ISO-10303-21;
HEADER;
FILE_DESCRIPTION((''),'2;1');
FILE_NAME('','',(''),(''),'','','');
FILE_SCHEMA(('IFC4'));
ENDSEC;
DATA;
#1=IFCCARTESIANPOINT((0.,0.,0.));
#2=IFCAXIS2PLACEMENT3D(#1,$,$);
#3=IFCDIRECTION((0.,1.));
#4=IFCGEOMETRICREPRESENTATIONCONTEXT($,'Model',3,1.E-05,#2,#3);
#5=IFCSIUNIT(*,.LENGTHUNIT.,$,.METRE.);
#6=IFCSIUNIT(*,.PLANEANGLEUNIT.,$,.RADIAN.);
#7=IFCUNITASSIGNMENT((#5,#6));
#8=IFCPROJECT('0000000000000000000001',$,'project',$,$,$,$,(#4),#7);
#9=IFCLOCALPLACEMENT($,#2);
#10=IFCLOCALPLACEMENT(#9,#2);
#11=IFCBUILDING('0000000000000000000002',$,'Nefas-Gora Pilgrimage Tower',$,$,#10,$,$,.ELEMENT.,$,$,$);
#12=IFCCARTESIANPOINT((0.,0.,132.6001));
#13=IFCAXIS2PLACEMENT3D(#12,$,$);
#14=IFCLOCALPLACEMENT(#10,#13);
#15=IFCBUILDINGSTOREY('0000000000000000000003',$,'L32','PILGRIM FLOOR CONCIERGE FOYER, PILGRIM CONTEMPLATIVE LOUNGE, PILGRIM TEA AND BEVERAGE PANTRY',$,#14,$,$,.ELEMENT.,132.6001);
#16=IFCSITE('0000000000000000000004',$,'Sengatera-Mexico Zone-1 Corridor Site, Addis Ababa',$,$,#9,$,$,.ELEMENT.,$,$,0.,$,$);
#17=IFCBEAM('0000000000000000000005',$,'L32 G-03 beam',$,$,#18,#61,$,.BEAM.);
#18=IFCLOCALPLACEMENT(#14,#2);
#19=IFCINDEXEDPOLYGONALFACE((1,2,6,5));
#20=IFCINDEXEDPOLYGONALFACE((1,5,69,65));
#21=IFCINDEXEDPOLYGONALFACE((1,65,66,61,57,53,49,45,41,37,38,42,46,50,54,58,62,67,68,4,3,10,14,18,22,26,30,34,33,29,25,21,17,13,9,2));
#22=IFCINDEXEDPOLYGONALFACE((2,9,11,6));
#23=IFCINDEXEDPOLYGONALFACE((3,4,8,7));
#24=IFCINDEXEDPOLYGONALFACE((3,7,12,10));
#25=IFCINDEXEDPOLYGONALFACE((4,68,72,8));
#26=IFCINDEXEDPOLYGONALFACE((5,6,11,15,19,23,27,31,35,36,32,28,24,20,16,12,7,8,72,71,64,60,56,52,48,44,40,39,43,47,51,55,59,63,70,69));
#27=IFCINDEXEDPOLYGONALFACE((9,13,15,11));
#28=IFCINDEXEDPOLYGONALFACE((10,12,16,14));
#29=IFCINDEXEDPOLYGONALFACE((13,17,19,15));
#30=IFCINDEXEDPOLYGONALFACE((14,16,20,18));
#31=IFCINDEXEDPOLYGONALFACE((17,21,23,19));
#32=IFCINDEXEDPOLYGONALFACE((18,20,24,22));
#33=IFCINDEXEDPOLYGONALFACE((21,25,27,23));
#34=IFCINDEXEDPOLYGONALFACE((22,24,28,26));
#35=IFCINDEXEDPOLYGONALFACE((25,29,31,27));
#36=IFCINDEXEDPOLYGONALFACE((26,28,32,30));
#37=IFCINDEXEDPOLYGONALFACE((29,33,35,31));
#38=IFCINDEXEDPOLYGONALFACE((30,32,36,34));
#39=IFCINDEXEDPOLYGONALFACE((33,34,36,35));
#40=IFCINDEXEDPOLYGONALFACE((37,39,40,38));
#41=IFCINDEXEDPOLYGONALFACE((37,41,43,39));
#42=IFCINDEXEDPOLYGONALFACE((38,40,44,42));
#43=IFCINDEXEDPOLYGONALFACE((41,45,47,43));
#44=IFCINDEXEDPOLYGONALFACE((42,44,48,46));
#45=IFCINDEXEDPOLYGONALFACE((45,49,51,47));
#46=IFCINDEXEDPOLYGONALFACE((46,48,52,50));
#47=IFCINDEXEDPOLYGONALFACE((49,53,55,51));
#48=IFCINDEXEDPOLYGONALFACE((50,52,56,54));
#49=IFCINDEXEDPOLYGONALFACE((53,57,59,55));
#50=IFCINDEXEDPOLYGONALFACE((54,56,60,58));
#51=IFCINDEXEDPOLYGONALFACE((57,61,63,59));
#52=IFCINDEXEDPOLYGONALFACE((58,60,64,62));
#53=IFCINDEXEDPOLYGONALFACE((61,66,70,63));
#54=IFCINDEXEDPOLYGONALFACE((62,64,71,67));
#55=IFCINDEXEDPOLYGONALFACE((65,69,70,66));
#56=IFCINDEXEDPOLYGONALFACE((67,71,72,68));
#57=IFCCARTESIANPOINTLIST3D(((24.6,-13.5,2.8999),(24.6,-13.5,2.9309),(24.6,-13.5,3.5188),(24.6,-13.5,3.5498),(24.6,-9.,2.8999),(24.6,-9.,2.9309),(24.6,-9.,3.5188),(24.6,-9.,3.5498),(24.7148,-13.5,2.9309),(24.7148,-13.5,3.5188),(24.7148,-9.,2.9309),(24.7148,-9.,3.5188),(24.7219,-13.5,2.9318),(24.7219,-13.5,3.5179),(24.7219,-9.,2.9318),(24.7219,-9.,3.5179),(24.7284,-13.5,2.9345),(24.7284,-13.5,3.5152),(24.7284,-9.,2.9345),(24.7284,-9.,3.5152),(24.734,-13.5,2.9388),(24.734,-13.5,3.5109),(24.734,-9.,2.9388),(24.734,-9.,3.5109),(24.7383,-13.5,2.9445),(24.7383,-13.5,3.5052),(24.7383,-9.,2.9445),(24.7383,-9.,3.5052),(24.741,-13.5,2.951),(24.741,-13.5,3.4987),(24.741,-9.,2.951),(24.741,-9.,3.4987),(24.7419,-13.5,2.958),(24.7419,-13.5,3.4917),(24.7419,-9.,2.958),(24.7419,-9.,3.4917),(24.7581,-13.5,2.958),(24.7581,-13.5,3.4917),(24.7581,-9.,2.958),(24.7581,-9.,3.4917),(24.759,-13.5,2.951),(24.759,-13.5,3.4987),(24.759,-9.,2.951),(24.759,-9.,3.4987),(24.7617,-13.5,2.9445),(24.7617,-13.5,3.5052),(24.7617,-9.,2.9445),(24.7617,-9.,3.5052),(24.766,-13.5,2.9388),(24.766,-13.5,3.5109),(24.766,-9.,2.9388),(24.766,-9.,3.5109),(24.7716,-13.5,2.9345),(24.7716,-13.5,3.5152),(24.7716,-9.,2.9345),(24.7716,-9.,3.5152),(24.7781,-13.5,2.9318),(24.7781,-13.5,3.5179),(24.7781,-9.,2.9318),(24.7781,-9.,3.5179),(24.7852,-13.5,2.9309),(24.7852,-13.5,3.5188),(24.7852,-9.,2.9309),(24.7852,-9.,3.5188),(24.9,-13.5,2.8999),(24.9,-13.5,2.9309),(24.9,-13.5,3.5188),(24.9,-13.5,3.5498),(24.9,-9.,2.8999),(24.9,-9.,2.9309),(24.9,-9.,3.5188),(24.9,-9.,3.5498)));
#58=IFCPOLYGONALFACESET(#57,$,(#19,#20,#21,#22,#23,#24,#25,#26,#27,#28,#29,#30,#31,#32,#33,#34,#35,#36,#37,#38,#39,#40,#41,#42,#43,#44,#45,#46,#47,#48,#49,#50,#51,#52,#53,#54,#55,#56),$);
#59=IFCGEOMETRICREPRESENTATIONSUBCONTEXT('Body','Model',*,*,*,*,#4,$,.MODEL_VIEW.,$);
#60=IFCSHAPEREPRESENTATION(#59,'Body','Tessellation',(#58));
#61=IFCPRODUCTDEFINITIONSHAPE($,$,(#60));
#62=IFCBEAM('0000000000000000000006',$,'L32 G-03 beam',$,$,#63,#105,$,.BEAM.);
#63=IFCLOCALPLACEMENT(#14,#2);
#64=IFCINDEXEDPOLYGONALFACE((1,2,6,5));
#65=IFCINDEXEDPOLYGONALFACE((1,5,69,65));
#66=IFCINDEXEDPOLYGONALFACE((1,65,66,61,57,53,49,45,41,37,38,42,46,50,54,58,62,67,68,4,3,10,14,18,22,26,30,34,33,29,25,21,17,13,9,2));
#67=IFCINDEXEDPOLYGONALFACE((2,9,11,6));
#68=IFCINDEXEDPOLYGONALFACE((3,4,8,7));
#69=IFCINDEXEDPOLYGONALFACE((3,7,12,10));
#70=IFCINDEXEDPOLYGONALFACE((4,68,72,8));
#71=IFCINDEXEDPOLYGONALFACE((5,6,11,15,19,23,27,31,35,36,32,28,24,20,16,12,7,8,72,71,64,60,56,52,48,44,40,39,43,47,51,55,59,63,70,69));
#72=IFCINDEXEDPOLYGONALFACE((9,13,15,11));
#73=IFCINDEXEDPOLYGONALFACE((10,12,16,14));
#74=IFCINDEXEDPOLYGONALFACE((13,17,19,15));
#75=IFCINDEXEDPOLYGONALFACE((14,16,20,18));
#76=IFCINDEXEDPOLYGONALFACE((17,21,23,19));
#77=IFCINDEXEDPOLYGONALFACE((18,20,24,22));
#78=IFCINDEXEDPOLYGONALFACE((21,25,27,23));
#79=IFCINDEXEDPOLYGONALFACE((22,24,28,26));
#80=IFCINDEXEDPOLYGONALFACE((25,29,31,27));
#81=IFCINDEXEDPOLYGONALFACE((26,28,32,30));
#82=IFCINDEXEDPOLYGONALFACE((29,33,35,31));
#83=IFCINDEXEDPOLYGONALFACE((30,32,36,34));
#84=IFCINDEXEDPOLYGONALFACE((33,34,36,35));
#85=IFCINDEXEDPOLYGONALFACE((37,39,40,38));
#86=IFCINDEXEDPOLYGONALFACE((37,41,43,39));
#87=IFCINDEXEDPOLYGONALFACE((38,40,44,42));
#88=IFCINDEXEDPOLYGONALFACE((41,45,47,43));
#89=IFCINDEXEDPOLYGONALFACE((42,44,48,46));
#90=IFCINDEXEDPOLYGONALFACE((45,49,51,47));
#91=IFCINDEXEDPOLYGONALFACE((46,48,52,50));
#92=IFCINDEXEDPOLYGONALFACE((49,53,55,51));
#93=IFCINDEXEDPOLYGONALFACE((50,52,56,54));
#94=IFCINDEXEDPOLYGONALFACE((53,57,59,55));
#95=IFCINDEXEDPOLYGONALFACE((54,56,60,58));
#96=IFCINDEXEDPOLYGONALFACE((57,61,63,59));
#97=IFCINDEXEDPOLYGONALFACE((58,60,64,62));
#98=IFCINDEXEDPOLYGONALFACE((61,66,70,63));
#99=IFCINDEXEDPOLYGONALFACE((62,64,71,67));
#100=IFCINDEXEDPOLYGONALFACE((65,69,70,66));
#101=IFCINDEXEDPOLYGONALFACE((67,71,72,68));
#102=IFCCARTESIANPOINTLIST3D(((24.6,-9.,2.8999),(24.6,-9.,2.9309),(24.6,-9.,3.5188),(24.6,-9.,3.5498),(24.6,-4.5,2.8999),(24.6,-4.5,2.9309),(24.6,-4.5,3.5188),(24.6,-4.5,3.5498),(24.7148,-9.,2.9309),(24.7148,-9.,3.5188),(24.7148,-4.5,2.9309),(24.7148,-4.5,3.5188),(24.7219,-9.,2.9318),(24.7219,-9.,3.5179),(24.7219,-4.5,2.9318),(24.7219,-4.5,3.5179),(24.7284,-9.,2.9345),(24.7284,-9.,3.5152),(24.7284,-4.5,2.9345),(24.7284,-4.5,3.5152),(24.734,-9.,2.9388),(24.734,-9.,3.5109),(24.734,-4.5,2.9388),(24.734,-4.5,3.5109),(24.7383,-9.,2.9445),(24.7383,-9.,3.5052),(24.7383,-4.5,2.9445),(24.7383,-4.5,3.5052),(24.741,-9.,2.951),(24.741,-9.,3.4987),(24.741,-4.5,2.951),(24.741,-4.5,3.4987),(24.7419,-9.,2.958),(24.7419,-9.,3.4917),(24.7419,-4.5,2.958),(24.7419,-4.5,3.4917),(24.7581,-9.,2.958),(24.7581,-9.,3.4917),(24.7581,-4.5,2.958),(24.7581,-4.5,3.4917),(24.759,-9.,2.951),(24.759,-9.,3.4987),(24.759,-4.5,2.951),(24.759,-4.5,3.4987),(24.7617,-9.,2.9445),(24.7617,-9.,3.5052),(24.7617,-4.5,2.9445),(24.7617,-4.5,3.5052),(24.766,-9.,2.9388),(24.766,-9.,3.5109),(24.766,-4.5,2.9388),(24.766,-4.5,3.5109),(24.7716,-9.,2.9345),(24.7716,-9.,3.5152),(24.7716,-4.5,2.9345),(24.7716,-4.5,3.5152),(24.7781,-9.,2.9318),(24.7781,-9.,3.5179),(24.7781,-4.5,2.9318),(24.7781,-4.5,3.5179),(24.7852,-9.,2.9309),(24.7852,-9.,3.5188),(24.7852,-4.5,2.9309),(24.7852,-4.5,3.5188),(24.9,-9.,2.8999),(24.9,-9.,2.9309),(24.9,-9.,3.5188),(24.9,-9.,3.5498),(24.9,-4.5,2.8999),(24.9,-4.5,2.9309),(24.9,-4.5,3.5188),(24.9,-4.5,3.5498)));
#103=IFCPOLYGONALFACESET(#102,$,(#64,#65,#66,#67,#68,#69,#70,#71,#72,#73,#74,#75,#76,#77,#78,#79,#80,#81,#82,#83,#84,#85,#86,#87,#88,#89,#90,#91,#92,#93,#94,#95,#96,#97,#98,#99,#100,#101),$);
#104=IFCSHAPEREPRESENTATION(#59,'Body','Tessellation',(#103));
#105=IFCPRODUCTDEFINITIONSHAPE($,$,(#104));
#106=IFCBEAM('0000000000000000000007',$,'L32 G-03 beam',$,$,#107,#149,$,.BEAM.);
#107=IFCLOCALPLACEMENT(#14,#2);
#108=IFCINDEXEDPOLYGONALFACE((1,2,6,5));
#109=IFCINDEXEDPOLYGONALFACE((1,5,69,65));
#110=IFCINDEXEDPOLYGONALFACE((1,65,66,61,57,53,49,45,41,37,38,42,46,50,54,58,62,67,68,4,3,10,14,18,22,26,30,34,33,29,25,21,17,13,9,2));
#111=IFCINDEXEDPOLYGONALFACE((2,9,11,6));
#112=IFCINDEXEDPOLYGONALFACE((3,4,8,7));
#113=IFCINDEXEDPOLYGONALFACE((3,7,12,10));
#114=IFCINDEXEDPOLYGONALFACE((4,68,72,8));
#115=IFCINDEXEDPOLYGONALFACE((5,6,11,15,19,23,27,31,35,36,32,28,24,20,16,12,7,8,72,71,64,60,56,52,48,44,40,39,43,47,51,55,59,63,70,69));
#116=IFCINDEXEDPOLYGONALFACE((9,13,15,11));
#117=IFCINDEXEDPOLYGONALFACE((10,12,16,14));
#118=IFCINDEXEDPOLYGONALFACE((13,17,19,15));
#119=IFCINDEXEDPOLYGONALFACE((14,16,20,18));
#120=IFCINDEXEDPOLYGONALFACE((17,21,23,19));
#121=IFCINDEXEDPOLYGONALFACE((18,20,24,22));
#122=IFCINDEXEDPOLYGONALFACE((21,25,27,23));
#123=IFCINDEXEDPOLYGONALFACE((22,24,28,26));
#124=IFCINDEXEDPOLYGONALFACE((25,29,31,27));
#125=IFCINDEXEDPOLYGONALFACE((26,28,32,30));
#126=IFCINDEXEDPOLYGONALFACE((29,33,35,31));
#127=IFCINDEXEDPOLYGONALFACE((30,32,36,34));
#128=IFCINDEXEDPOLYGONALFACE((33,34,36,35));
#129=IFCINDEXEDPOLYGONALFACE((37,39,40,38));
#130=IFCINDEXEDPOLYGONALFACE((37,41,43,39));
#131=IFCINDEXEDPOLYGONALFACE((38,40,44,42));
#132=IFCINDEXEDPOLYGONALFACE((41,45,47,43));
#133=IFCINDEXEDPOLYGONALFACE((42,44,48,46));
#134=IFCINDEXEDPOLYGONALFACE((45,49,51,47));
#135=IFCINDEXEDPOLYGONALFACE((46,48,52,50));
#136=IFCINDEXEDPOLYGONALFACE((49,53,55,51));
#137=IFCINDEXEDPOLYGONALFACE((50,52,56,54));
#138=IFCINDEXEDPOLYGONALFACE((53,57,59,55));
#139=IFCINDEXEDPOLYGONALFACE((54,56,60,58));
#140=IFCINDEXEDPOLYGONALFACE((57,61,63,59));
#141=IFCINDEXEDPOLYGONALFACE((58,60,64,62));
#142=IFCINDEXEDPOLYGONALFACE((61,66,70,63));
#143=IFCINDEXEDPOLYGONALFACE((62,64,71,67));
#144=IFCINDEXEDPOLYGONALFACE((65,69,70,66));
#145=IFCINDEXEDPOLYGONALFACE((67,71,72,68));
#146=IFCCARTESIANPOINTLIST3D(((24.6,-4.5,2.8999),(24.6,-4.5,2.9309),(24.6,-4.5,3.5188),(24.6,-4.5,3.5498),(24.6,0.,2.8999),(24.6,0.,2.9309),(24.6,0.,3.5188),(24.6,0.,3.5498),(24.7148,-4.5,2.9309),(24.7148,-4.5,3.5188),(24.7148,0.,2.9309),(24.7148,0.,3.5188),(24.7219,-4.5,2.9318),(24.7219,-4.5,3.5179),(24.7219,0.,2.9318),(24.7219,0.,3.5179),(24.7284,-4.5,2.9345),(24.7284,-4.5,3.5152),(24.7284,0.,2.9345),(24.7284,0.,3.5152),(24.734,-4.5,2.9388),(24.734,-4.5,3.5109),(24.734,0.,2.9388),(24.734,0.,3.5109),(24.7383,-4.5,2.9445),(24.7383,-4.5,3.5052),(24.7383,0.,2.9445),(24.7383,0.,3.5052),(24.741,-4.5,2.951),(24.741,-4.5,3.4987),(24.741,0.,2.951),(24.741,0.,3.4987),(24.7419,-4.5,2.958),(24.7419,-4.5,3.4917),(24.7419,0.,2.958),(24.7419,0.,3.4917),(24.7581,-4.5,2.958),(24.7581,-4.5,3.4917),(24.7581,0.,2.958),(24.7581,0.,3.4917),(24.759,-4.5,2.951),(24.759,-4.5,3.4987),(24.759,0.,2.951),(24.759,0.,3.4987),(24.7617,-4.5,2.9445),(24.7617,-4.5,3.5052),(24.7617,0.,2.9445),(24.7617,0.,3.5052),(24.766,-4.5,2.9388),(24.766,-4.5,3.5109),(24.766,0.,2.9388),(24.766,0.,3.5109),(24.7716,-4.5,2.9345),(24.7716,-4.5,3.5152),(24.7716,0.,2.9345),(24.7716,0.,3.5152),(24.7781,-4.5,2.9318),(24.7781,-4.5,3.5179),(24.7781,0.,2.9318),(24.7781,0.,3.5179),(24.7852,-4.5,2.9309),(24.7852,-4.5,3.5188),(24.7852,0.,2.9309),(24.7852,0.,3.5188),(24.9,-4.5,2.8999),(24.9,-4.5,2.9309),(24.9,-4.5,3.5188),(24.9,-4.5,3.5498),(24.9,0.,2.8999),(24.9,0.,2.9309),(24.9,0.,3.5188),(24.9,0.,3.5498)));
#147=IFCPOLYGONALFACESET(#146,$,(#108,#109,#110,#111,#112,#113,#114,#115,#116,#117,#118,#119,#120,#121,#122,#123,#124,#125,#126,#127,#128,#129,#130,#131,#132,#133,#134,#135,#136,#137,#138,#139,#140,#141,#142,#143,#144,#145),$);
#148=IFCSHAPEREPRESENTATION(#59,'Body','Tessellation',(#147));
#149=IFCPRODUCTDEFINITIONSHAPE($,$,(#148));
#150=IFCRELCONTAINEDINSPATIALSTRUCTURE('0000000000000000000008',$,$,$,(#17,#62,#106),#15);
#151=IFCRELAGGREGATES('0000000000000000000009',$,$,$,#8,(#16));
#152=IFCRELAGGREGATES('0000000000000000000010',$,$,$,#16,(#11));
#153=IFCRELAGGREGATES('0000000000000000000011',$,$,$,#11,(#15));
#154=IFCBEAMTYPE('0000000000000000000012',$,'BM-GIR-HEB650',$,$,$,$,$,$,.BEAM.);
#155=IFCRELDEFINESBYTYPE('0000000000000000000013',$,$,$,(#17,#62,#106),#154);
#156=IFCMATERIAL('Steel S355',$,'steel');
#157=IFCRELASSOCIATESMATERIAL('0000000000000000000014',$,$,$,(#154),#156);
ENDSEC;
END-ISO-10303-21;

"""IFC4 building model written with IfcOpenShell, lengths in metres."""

from ifc_helpers import new_model, si_unit, direction, frame, origin, origin_2d, place, context, subcontext, project, spatial, i_section, extrude, source, transform, mapped, material, material_profile, profile_set, type_object, element, save


model = new_model("IFC4")

# Units and contexts
model_context = context("Model", 3, precision=1e-05, world=origin(), true_north=direction((0.0, 1.0)))
body_context = subcontext(model_context, "Body", "Model", "MODEL_VIEW")
ifc_project = project(units=[si_unit("LENGTHUNIT", "METRE"), si_unit("PLANEANGLEUNIT", "RADIAN")], contexts=[model_context])

# Site, building, storey
site_placement = place(None, origin())
site = spatial("IfcSite", under=ifc_project, at=site_placement, Name="Sengatera-Mexico Zone-1 Corridor Site, Addis Ababa", CompositionType="ELEMENT", RefElevation=0.0)
building_placement = place(site_placement, origin())
building = spatial("IfcBuilding", under=site, at=building_placement, Name="Nefas-Gora Pilgrimage Tower", CompositionType="ELEMENT")
storey_placement = place(building_placement, frame((0.0, 0.0, 132.6001)))
storey = spatial("IfcBuildingStorey", under=building, at=storey_placement, Name="L32", Description="PILGRIM FLOOR CONCIERGE FOYER, PILGRIM CONTEMPLATIVE LOUNGE, PILGRIM TEA AND BEVERAGE PANTRY", CompositionType="ELEMENT", Elevation=132.6001)

# Beams
ifc_material_1 = material(Name="Steel S355", Category="steel")
ifc_material_profile_1 = material_profile(ifc_material_1, i_section(OverallWidth=0.3, OverallDepth=0.6499, WebThickness=0.0161, FlangeThickness=0.031, FilletRadius=0.0271, at=origin_2d()), Name="HEB 650")
ifc_profile_set_1 = profile_set([ifc_material_profile_1], Name="Steel S355")
beam_type_1 = type_object("IfcBeamType", Name="BM-GIR-HEB650", PredefinedType="BEAM", material=ifc_profile_set_1)
shared_shape_1 = source(origin(), body_context, "Body", "SweptSolid", [
    extrude(i_section(OverallWidth=0.3, OverallDepth=0.6499, WebThickness=0.0161, FlangeThickness=0.031, FilletRadius=0.0271, at=origin_2d()), origin(), (0.0, 0.0, 1.0), 4.5),
])
for number, where, z_axis, x_axis, name in (
    (1, (24.75, -13.5, 3.2249), (0.0, 1.0, 0.0), (-1.0, 0.0, 0.0), "L32 G-03 beam"),
    (2, (24.75, -9.0, 3.2249), (0.0, 1.0, 0.0), (-1.0, 0.0, 0.0), "L32 G-03 beam"),
    (3, (24.75, -4.5, 3.2249), (0.0, 1.0, 0.0), (-1.0, 0.0, 0.0), "L32 G-03 beam"),
):
    element("IfcBeam", number, at=place(storey_placement, frame(where, z_axis=z_axis, x_axis=x_axis)), inside=storey, type_object=beam_type_1, Name=name, PredefinedType="BEAM", context=body_context, shape_type="MappedRepresentation", body=[
        mapped(shared_shape_1, transform((0.0, 0.0, 0.0), x_axis=(1.0, 0.0, 0.0), y_axis=(0.0, 1.0, 0.0), z_axis=(0.0, 0.0, 1.0), scale=1.0)),
    ])

save(model, "model.ifc")
